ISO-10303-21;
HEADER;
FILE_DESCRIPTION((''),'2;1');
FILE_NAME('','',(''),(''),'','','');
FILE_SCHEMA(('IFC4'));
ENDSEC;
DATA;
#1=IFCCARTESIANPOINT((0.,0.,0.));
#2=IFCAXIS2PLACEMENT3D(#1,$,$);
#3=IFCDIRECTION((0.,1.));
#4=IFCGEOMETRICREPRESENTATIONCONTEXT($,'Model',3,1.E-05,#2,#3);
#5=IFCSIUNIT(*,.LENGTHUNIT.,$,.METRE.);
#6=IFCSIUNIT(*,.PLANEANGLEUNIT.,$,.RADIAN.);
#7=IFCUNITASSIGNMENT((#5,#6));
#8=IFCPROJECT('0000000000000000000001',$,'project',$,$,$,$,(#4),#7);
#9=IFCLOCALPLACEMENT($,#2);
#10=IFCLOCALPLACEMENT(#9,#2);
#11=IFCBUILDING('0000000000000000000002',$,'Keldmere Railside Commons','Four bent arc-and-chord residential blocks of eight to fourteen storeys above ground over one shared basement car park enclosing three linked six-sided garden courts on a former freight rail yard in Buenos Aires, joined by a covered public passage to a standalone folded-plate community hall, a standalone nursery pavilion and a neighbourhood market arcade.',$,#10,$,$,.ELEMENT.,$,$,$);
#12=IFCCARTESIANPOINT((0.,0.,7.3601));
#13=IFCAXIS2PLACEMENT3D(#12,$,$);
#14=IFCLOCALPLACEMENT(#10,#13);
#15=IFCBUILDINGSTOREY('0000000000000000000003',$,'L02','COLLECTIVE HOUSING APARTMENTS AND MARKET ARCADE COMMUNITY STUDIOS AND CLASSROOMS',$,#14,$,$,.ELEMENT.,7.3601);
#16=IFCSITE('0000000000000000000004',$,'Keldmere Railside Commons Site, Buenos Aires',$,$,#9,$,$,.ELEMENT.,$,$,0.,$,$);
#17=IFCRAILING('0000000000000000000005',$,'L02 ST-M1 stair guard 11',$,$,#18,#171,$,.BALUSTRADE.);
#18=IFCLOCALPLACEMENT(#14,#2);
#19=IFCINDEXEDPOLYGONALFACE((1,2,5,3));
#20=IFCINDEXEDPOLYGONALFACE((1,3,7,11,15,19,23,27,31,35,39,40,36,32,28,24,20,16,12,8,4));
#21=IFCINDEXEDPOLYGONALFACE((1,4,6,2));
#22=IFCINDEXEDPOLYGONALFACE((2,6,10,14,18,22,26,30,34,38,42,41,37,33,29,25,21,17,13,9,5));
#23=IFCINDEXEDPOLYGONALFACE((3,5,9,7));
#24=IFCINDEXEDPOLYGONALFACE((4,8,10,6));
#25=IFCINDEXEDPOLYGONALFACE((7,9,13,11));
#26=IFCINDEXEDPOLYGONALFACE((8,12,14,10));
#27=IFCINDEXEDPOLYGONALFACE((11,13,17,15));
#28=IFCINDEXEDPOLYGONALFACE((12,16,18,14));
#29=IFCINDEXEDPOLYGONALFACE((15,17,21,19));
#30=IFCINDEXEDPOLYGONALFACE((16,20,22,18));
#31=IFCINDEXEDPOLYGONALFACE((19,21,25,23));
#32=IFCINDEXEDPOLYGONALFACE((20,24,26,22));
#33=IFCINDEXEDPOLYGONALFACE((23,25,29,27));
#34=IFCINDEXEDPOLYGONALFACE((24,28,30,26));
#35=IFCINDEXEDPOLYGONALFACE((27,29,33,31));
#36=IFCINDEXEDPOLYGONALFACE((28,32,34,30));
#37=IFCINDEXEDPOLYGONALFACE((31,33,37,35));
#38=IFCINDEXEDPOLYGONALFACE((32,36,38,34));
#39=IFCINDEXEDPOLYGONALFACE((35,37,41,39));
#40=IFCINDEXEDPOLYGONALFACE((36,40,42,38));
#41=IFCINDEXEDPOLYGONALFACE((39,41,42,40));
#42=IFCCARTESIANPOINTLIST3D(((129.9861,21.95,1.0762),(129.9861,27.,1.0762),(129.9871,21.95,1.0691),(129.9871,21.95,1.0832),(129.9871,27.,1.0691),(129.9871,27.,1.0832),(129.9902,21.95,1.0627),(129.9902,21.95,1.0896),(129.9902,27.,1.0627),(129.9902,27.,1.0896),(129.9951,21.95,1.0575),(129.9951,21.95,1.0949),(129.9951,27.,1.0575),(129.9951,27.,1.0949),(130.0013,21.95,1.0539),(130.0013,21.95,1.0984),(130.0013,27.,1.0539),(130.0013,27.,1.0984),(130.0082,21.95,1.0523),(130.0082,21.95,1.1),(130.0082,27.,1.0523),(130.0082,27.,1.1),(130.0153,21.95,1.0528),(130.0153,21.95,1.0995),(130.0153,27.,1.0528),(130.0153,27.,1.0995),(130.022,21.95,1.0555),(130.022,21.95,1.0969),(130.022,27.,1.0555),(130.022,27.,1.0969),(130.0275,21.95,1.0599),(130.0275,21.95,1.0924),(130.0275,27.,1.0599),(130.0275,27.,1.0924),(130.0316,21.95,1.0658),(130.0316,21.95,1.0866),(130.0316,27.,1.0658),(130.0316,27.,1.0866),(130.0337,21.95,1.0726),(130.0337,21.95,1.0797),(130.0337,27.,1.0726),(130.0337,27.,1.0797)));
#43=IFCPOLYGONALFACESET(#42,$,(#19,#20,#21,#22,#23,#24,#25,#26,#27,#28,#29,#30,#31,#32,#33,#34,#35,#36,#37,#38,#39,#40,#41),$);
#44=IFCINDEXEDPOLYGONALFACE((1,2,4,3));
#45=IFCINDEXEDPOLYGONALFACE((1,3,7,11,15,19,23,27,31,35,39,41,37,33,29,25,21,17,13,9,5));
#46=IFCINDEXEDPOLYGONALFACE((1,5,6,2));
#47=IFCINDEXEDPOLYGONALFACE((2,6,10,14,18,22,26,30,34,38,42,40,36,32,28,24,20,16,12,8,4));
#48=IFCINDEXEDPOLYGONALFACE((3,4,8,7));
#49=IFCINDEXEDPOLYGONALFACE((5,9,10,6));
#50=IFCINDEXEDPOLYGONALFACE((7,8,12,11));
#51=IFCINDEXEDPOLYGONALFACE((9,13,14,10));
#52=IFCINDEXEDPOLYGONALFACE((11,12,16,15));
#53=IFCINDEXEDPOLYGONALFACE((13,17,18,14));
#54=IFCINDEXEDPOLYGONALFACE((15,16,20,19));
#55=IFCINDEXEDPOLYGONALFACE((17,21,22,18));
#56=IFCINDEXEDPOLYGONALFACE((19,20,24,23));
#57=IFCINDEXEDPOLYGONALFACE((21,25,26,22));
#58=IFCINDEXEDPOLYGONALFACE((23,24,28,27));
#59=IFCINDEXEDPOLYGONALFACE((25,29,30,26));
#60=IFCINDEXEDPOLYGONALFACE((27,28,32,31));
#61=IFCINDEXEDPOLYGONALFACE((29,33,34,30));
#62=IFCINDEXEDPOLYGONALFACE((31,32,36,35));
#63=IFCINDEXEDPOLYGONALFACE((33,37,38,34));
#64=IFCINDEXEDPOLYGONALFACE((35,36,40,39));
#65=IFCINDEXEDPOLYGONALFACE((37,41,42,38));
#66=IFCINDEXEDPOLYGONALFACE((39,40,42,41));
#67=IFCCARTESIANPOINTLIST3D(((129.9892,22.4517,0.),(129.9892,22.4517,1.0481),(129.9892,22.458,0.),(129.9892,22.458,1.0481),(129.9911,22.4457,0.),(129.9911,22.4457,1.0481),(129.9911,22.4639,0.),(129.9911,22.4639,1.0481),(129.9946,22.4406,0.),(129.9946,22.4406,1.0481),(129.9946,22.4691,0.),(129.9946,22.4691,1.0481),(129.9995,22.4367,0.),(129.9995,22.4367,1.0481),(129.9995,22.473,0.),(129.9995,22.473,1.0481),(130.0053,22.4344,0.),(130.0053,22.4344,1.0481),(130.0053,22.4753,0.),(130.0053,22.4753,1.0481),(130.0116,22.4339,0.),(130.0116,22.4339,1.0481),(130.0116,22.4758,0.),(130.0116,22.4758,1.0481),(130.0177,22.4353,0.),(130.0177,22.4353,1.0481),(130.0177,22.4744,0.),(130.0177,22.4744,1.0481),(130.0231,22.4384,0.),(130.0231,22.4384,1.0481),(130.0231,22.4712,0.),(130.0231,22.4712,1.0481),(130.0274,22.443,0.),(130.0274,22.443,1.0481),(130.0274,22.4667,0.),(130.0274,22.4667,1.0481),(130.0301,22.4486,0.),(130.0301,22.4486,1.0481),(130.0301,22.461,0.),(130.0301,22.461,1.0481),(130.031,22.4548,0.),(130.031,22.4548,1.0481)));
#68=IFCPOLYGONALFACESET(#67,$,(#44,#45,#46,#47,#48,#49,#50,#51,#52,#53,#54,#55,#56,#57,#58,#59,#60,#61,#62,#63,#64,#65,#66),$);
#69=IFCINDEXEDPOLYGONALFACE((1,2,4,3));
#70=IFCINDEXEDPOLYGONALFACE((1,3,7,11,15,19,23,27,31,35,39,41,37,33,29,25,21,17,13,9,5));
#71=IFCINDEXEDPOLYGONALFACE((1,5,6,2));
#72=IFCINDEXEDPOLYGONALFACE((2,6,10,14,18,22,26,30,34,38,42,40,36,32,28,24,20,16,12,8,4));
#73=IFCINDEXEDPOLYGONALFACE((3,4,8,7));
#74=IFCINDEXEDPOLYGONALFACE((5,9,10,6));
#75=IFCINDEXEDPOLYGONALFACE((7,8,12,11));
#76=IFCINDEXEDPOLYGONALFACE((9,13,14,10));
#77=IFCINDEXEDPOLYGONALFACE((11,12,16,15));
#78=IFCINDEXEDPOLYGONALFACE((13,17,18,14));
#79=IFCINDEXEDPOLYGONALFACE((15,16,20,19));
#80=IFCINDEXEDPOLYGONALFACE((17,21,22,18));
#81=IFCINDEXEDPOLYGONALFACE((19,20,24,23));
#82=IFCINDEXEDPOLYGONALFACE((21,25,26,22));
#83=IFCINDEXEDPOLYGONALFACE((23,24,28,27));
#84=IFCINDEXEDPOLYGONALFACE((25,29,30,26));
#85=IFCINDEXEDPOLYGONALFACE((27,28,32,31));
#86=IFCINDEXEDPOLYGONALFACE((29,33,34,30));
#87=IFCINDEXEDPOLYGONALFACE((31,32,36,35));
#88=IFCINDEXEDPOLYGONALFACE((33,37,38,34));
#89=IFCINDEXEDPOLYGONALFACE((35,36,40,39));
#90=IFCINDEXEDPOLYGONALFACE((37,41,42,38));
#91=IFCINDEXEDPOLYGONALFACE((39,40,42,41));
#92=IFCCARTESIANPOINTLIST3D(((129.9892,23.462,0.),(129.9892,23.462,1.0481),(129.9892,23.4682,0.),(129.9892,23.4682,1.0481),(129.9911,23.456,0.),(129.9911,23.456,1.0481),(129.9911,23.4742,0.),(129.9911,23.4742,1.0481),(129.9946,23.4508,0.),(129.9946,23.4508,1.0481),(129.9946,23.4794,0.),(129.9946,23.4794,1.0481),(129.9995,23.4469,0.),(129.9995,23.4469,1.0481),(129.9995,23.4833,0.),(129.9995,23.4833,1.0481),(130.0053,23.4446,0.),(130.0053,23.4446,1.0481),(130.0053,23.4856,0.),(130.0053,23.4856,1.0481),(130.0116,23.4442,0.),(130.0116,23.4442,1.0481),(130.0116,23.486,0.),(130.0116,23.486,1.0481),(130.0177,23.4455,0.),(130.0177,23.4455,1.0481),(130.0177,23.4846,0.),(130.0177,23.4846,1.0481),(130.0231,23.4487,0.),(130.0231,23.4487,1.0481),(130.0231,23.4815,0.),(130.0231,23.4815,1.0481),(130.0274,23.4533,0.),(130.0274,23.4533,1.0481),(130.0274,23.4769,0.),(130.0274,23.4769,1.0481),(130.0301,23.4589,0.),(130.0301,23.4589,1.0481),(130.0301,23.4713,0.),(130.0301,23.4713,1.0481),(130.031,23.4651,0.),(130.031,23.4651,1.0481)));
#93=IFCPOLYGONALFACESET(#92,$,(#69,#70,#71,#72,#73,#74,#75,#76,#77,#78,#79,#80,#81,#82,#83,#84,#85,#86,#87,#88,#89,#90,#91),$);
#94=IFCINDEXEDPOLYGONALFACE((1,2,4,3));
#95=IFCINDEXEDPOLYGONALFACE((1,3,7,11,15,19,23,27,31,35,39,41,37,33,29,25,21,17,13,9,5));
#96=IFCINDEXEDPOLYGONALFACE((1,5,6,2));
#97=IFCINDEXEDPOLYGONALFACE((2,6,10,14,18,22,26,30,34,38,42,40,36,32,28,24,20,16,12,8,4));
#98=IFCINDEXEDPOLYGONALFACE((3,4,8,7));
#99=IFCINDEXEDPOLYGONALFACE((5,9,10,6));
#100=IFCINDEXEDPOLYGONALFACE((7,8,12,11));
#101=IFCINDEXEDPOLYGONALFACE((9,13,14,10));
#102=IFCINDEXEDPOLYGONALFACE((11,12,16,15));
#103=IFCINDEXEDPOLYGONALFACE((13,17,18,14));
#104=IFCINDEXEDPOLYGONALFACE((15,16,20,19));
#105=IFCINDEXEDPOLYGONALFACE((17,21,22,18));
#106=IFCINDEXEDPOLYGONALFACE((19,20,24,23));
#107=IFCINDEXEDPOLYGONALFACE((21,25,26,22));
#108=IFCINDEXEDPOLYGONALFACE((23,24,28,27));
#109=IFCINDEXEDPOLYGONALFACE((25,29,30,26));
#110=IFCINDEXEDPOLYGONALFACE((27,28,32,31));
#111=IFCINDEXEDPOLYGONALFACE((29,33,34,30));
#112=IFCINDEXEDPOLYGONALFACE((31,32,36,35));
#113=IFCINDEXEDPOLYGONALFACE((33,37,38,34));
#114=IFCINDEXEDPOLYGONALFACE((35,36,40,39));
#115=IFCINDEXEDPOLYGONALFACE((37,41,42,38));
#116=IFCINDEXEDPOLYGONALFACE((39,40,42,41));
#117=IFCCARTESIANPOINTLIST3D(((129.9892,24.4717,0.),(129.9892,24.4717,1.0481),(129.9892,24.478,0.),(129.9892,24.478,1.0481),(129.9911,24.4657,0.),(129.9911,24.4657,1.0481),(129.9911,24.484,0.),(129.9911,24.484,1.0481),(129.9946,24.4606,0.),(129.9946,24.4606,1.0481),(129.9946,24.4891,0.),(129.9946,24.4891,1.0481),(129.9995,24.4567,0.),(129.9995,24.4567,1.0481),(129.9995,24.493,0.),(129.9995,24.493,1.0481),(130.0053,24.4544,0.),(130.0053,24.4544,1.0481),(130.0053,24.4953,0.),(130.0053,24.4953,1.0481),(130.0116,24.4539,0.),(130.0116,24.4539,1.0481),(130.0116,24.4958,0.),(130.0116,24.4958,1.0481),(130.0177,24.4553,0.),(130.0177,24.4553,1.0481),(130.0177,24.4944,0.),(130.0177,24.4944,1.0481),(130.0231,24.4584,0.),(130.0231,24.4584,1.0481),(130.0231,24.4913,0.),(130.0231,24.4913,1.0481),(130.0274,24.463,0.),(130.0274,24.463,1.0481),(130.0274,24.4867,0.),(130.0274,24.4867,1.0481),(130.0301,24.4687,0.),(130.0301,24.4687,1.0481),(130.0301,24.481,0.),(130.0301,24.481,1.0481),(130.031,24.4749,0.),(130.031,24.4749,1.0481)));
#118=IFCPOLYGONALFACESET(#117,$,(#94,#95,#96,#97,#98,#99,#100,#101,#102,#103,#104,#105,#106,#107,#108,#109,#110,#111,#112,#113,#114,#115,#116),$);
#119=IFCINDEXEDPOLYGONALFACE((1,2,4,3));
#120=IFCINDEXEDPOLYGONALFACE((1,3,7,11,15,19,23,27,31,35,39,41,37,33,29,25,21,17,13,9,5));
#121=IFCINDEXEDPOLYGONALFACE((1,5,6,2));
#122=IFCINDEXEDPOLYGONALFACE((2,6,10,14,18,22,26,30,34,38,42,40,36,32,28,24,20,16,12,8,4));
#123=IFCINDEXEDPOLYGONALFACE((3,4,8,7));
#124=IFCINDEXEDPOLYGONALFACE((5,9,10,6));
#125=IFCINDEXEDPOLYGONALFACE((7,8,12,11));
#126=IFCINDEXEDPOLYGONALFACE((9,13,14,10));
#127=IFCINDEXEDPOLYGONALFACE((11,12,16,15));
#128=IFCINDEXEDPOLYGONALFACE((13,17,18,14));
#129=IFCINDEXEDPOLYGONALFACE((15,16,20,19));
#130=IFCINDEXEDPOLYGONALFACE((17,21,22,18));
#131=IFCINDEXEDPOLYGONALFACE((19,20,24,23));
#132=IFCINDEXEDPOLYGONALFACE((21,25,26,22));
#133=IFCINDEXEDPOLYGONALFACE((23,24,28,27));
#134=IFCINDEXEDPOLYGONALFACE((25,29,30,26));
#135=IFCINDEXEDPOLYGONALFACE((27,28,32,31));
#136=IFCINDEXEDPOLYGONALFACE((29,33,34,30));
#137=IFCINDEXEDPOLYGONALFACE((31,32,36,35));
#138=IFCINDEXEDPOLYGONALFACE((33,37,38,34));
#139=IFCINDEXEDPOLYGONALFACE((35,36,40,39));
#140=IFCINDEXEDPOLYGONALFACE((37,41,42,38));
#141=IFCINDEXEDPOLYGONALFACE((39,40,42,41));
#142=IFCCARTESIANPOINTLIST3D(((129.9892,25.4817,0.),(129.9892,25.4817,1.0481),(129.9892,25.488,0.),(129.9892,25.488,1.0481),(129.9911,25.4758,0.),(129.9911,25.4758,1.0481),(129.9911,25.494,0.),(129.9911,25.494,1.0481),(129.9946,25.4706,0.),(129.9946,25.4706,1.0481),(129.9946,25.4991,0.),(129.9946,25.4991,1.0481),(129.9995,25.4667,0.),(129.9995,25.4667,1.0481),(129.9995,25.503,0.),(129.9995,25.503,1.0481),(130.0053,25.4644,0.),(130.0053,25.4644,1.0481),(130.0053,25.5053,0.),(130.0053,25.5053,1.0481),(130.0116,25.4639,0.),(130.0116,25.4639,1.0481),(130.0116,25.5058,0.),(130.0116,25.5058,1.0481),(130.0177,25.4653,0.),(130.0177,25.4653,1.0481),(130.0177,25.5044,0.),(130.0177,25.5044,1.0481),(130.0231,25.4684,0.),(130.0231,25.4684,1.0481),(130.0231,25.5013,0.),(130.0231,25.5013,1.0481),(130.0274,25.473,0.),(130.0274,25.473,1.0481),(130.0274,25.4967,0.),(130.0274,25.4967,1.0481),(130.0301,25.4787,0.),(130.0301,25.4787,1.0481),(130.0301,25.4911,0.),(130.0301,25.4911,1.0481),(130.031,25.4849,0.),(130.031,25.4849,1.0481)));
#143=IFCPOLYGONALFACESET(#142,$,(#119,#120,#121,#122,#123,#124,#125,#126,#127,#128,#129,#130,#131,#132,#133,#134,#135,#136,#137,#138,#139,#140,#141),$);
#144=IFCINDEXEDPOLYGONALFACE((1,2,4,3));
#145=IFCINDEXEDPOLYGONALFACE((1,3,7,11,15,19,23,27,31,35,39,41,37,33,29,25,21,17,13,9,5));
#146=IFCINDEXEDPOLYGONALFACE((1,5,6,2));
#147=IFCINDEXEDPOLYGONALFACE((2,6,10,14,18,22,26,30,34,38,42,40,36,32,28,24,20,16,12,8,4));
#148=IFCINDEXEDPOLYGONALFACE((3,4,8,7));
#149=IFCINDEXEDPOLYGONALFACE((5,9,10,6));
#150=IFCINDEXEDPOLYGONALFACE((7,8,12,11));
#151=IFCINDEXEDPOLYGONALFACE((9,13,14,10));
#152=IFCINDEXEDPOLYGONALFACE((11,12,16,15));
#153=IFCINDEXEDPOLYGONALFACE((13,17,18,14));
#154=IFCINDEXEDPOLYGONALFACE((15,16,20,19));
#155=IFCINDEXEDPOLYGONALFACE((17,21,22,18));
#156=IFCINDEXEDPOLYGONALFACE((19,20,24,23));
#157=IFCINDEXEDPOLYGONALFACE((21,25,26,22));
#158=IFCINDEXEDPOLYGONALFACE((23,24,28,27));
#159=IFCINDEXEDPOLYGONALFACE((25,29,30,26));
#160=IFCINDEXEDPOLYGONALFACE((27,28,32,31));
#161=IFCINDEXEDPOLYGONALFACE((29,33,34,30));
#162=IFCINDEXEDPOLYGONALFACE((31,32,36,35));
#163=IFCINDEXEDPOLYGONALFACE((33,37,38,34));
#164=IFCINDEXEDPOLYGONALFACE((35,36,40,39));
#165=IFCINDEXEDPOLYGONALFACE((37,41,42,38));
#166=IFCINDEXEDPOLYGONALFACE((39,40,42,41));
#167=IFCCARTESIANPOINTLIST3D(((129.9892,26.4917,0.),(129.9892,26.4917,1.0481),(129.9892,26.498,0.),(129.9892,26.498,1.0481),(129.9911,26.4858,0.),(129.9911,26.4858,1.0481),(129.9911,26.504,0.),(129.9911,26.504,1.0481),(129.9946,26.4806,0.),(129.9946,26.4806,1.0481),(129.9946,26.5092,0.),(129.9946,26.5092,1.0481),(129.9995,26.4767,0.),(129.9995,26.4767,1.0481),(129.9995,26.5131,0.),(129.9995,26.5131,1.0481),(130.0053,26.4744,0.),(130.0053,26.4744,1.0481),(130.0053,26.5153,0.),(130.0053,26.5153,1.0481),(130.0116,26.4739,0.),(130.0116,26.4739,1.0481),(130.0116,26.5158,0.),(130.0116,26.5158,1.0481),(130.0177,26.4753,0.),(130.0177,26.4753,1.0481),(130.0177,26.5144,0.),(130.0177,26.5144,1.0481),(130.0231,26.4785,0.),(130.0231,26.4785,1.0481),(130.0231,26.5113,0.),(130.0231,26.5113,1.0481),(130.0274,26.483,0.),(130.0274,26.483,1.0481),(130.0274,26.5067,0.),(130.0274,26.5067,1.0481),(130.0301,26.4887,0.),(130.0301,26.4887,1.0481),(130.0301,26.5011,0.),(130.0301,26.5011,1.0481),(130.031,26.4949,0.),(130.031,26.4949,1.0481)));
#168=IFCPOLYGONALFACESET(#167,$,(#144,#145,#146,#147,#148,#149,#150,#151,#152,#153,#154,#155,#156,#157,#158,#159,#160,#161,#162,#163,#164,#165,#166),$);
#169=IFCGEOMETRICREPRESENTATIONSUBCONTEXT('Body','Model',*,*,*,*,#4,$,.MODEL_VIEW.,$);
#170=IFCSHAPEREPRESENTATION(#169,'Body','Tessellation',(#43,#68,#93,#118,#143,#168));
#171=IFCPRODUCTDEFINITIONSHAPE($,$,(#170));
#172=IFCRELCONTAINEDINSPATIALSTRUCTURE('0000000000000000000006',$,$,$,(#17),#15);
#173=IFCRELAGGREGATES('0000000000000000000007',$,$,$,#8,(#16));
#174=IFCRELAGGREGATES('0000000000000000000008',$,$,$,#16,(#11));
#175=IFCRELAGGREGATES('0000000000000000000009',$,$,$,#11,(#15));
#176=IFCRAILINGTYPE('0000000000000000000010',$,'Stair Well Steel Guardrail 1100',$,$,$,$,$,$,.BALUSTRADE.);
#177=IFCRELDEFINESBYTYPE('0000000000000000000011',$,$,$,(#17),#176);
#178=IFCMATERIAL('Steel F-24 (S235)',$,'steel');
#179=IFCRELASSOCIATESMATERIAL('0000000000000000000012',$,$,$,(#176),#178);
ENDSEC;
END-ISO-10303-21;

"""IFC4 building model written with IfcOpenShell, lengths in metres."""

from ifc_helpers import new_model, si_unit, direction, frame, origin, origin_2d, place, context, subcontext, project, spatial, circle, extrude, material, type_object, element, save


model = new_model("IFC4")

# Units and contexts
model_context = context("Model", 3, precision=1e-05, world=origin(), true_north=direction((0.0, 1.0)))
body_context = subcontext(model_context, "Body", "Model", "MODEL_VIEW")
ifc_project = project(units=[si_unit("LENGTHUNIT", "METRE"), si_unit("PLANEANGLEUNIT", "RADIAN")], contexts=[model_context])

# Site, building, storey
site_placement = place(None, origin())
site = spatial("IfcSite", under=ifc_project, at=site_placement, Name="Keldmere Railside Commons Site, Buenos Aires", CompositionType="ELEMENT", RefElevation=0.0)
building_placement = place(site_placement, origin())
building = spatial("IfcBuilding", under=site, at=building_placement, Name="Keldmere Railside Commons", Description="Four bent arc-and-chord residential blocks of eight to fourteen storeys above ground over one shared basement car park enclosing three linked six-sided garden courts on a former freight rail yard in Buenos Aires, joined by a covered public passage to a standalone folded-plate community hall, a standalone nursery pavilion and a neighbourhood market arcade.", CompositionType="ELEMENT")
storey_placement = place(building_placement, frame((0.0, 0.0, 7.3601)))
storey = spatial("IfcBuildingStorey", under=building, at=storey_placement, Name="L02", Description="COLLECTIVE HOUSING APARTMENTS AND MARKET ARCADE COMMUNITY STUDIOS AND CLASSROOMS", CompositionType="ELEMENT", Elevation=7.3601)

# Railing
ifc_material_1 = material(Name="Steel F-24 (S235)", Category="steel")
railing_type_1 = type_object("IfcRailingType", Name="Stair Well Steel Guardrail 1100", PredefinedType="BALUSTRADE", material=ifc_material_1)
railing_1_placement = place(storey_placement, frame((130.01, 21.95, 0.0)))
element("IfcRailing", 1, at=railing_1_placement, inside=storey, type_object=railing_type_1, Name="L02 ST-M1 stair guard 11", PredefinedType="BALUSTRADE", context=body_context, shape_type="SweptSolid", body=[
    extrude(circle(Radius=0.0239, at=origin_2d()), frame((0.0, 0.0, 1.0762), z_axis=(0.0, 1.0, 0.0), x_axis=(-1.0, 0.0, 0.0)), (0.0, 0.0, 1.0), 5.05),
    extrude(circle(Radius=0.021, at=origin_2d()), frame((0.0, 0.5049, 0.0)), (0.0, 0.0, 1.0), 1.0481),
    extrude(circle(Radius=0.021, at=origin_2d()), frame((0.0, 1.5151, 0.0)), (0.0, 0.0, 1.0), 1.0481),
    extrude(circle(Radius=0.021, at=origin_2d()), frame((0.0, 2.5249, 0.0)), (0.0, 0.0, 1.0), 1.0481),
    extrude(circle(Radius=0.021, at=origin_2d()), frame((0.0, 3.5349, 0.0)), (0.0, 0.0, 1.0), 1.0481),
    extrude(circle(Radius=0.021, at=origin_2d()), frame((0.0, 4.5449, 0.0)), (0.0, 0.0, 1.0), 1.0481),
])

save(model, "model.ifc")
